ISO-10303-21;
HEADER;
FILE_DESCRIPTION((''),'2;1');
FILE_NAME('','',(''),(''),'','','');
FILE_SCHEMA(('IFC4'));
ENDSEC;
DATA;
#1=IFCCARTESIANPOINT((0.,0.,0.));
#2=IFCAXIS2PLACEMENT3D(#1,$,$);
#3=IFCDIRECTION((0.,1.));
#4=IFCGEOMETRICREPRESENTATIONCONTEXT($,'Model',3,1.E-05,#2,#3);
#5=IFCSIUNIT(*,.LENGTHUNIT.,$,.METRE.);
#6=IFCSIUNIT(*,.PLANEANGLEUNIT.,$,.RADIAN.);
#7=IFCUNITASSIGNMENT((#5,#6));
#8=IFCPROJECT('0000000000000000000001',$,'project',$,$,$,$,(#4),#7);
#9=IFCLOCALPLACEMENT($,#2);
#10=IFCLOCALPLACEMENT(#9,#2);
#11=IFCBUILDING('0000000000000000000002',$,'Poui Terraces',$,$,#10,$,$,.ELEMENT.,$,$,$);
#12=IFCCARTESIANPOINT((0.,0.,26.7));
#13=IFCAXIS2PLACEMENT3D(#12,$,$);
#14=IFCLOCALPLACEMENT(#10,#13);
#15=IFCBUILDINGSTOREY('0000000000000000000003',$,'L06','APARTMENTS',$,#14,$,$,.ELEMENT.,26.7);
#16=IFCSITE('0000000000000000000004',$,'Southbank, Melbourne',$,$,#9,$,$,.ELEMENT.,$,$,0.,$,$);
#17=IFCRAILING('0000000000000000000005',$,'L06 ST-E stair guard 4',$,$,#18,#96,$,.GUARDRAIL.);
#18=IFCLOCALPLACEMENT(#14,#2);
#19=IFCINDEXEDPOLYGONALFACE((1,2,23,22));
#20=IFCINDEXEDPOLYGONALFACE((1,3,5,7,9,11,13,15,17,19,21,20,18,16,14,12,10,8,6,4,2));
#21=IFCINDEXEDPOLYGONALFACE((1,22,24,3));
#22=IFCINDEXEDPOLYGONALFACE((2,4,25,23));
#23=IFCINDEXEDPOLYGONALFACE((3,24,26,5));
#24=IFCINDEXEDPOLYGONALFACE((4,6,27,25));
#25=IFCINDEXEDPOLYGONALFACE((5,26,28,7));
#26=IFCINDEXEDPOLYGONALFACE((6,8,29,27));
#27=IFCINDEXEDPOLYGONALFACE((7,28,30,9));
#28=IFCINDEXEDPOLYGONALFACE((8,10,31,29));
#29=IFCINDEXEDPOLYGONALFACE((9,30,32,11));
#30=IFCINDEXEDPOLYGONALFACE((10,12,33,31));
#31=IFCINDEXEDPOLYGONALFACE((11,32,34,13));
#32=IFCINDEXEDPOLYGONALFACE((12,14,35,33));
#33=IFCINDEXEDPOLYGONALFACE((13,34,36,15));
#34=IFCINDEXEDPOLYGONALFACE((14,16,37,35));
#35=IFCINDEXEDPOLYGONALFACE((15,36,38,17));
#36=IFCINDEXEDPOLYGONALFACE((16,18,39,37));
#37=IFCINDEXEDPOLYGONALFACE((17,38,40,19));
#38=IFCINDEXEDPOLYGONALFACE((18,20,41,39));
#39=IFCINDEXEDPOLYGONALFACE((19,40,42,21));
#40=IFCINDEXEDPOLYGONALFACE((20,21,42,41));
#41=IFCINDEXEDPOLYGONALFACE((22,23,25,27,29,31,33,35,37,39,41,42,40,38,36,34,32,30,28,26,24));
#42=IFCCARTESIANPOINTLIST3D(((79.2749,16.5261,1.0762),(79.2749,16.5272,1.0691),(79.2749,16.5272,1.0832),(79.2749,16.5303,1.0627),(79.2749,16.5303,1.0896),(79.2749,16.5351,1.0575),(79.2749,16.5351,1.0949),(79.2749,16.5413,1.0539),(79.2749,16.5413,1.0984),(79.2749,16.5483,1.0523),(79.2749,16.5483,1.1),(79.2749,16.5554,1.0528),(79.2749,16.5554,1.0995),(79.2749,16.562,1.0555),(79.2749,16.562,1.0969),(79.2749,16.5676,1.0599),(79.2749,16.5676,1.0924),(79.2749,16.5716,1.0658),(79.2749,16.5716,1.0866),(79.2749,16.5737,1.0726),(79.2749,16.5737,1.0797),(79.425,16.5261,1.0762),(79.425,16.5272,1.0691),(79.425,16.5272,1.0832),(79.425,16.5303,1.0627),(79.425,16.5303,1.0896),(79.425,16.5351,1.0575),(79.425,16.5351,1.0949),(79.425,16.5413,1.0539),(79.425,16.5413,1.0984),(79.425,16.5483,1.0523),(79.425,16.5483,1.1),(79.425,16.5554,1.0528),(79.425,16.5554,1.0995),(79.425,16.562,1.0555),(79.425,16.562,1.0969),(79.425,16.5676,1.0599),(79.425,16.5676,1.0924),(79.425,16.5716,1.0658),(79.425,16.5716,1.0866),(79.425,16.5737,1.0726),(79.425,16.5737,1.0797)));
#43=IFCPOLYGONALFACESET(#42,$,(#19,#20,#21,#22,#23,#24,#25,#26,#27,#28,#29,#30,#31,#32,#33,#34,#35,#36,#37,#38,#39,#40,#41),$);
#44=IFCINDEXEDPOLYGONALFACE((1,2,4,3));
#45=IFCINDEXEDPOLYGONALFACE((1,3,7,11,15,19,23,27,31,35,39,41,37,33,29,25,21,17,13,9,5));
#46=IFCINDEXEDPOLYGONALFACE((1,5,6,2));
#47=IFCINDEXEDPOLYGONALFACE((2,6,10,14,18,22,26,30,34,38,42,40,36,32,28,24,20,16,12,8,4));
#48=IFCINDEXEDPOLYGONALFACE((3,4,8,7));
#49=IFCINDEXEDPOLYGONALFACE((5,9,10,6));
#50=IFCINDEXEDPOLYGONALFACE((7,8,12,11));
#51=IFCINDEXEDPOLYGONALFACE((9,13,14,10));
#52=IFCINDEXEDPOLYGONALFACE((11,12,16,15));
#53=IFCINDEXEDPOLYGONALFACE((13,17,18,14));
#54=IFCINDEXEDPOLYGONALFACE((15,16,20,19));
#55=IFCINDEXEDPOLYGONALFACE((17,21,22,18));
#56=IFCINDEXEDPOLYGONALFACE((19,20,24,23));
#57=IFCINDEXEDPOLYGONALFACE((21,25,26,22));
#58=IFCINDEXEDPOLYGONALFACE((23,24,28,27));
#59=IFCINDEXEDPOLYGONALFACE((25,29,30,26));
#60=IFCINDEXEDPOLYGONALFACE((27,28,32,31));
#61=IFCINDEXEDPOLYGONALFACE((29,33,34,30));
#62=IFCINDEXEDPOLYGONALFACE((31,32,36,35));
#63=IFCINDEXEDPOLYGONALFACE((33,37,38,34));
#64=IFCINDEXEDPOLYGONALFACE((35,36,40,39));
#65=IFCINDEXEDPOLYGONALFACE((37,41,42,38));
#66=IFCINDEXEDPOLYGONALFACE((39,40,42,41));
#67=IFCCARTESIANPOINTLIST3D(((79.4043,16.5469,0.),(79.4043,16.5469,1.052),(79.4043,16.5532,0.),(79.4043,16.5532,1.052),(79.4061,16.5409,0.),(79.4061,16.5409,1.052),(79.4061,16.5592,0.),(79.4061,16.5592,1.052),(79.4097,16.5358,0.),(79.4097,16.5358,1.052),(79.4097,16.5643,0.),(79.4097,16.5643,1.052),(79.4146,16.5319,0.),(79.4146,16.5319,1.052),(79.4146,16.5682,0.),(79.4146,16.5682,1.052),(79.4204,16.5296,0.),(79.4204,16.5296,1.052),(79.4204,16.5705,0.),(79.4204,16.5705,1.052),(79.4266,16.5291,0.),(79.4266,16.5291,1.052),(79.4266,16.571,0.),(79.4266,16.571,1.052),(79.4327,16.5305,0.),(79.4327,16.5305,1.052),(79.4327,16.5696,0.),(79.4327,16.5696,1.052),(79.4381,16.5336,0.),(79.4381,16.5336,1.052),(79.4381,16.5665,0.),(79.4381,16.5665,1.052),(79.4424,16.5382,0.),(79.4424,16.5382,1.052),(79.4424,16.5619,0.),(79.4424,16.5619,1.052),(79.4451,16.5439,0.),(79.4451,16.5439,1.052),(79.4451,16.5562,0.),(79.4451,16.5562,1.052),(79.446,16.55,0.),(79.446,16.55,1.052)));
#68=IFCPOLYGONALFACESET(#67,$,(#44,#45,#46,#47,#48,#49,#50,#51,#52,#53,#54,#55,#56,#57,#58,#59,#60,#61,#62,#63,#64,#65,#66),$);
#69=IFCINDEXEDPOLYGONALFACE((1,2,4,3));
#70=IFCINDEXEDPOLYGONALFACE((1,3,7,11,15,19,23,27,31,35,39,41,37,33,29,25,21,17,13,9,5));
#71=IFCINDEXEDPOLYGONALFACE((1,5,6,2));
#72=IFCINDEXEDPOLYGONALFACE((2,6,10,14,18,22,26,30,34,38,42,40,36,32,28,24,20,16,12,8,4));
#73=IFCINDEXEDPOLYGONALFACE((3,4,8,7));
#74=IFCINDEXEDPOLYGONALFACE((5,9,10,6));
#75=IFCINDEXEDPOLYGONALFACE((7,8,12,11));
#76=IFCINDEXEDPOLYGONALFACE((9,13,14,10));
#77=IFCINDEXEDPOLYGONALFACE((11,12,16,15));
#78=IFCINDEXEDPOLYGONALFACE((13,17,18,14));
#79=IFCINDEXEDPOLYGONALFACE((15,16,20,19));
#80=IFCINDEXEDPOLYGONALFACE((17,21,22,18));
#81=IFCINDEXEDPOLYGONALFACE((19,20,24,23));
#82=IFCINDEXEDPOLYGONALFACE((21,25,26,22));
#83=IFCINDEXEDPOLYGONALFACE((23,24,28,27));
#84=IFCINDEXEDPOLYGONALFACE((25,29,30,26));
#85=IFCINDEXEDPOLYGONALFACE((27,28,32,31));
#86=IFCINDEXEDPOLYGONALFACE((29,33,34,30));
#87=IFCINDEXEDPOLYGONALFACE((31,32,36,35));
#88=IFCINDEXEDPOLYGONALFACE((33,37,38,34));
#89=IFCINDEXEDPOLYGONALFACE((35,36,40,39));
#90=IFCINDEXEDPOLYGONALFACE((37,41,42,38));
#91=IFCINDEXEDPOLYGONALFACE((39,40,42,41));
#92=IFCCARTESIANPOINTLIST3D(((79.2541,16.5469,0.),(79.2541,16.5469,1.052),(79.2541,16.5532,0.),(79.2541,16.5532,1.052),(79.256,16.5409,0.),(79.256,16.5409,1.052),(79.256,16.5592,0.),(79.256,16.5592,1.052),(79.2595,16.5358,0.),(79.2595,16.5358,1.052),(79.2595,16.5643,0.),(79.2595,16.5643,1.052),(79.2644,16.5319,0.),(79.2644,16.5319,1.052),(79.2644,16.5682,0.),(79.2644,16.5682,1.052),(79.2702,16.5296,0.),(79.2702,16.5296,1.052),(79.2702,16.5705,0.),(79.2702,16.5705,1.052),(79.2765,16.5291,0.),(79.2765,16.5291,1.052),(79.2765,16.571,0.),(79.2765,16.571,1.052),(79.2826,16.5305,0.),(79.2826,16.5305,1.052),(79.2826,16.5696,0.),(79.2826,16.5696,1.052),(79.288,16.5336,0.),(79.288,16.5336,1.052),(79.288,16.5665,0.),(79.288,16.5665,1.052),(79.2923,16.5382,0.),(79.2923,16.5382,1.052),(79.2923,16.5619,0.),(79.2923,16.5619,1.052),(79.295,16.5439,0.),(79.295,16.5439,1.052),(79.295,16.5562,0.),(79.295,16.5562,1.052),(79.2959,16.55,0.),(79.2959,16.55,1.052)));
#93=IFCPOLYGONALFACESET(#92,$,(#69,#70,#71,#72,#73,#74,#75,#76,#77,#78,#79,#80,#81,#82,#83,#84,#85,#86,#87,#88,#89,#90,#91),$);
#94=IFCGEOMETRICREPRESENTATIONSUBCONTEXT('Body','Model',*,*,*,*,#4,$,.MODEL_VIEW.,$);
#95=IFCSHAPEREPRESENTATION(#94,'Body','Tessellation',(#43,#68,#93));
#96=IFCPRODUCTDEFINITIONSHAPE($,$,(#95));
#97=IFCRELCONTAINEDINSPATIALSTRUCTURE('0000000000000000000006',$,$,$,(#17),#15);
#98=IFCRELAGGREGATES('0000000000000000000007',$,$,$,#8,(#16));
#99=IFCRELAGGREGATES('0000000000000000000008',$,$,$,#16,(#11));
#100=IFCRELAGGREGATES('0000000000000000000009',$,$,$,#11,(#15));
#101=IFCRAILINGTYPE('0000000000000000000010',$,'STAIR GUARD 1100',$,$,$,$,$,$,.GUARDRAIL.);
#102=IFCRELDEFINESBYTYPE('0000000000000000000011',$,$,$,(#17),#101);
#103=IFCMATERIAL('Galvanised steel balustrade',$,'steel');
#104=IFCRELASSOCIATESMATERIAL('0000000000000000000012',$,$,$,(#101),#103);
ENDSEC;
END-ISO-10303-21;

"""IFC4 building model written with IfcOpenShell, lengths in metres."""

from ifc_helpers import new_model, si_unit, direction, frame, origin, origin_2d, place, context, subcontext, project, spatial, circle, extrude, material, type_object, element, save


model = new_model("IFC4")

# Units and contexts
model_context = context("Model", 3, precision=1e-05, world=origin(), true_north=direction((0.0, 1.0)))
body_context = subcontext(model_context, "Body", "Model", "MODEL_VIEW")
ifc_project = project(units=[si_unit("LENGTHUNIT", "METRE"), si_unit("PLANEANGLEUNIT", "RADIAN")], contexts=[model_context])

# Site, building, storey
site_placement = place(None, origin())
site = spatial("IfcSite", under=ifc_project, at=site_placement, Name="Southbank, Melbourne", CompositionType="ELEMENT", RefElevation=0.0)
building_placement = place(site_placement, origin())
building = spatial("IfcBuilding", under=site, at=building_placement, Name="Poui Terraces", CompositionType="ELEMENT")
storey_placement = place(building_placement, frame((0.0, 0.0, 26.7)))
storey = spatial("IfcBuildingStorey", under=building, at=storey_placement, Name="L06", Description="APARTMENTS", CompositionType="ELEMENT", Elevation=26.7)

# Railing
ifc_material_1 = material(Name="Galvanised steel balustrade", Category="steel")
railing_type_1 = type_object("IfcRailingType", Name="STAIR GUARD 1100", PredefinedType="GUARDRAIL", material=ifc_material_1)
railing_1_placement = place(storey_placement, frame((79.425, 16.55, 0.0)))
element("IfcRailing", 1, at=railing_1_placement, inside=storey, type_object=railing_type_1, Name="L06 ST-E stair guard 4", PredefinedType="GUARDRAIL", context=body_context, shape_type="SweptSolid", body=[
    extrude(circle(Radius=0.0239, at=origin_2d()), frame((0.0, 0.0, 1.0762), z_axis=(-1.0, 0.0, 0.0), x_axis=(0.0, -1.0, 0.0)), (0.0, 0.0, 1.0), 0.1501),
    extrude(circle(Radius=0.021, at=origin_2d()), origin(), (0.0, 0.0, 1.0), 1.052),
    extrude(circle(Radius=0.021, at=origin_2d()), frame((-0.1501, 0.0, 0.0)), (0.0, 0.0, 1.0), 1.052),
])

save(model, "model.ifc")
